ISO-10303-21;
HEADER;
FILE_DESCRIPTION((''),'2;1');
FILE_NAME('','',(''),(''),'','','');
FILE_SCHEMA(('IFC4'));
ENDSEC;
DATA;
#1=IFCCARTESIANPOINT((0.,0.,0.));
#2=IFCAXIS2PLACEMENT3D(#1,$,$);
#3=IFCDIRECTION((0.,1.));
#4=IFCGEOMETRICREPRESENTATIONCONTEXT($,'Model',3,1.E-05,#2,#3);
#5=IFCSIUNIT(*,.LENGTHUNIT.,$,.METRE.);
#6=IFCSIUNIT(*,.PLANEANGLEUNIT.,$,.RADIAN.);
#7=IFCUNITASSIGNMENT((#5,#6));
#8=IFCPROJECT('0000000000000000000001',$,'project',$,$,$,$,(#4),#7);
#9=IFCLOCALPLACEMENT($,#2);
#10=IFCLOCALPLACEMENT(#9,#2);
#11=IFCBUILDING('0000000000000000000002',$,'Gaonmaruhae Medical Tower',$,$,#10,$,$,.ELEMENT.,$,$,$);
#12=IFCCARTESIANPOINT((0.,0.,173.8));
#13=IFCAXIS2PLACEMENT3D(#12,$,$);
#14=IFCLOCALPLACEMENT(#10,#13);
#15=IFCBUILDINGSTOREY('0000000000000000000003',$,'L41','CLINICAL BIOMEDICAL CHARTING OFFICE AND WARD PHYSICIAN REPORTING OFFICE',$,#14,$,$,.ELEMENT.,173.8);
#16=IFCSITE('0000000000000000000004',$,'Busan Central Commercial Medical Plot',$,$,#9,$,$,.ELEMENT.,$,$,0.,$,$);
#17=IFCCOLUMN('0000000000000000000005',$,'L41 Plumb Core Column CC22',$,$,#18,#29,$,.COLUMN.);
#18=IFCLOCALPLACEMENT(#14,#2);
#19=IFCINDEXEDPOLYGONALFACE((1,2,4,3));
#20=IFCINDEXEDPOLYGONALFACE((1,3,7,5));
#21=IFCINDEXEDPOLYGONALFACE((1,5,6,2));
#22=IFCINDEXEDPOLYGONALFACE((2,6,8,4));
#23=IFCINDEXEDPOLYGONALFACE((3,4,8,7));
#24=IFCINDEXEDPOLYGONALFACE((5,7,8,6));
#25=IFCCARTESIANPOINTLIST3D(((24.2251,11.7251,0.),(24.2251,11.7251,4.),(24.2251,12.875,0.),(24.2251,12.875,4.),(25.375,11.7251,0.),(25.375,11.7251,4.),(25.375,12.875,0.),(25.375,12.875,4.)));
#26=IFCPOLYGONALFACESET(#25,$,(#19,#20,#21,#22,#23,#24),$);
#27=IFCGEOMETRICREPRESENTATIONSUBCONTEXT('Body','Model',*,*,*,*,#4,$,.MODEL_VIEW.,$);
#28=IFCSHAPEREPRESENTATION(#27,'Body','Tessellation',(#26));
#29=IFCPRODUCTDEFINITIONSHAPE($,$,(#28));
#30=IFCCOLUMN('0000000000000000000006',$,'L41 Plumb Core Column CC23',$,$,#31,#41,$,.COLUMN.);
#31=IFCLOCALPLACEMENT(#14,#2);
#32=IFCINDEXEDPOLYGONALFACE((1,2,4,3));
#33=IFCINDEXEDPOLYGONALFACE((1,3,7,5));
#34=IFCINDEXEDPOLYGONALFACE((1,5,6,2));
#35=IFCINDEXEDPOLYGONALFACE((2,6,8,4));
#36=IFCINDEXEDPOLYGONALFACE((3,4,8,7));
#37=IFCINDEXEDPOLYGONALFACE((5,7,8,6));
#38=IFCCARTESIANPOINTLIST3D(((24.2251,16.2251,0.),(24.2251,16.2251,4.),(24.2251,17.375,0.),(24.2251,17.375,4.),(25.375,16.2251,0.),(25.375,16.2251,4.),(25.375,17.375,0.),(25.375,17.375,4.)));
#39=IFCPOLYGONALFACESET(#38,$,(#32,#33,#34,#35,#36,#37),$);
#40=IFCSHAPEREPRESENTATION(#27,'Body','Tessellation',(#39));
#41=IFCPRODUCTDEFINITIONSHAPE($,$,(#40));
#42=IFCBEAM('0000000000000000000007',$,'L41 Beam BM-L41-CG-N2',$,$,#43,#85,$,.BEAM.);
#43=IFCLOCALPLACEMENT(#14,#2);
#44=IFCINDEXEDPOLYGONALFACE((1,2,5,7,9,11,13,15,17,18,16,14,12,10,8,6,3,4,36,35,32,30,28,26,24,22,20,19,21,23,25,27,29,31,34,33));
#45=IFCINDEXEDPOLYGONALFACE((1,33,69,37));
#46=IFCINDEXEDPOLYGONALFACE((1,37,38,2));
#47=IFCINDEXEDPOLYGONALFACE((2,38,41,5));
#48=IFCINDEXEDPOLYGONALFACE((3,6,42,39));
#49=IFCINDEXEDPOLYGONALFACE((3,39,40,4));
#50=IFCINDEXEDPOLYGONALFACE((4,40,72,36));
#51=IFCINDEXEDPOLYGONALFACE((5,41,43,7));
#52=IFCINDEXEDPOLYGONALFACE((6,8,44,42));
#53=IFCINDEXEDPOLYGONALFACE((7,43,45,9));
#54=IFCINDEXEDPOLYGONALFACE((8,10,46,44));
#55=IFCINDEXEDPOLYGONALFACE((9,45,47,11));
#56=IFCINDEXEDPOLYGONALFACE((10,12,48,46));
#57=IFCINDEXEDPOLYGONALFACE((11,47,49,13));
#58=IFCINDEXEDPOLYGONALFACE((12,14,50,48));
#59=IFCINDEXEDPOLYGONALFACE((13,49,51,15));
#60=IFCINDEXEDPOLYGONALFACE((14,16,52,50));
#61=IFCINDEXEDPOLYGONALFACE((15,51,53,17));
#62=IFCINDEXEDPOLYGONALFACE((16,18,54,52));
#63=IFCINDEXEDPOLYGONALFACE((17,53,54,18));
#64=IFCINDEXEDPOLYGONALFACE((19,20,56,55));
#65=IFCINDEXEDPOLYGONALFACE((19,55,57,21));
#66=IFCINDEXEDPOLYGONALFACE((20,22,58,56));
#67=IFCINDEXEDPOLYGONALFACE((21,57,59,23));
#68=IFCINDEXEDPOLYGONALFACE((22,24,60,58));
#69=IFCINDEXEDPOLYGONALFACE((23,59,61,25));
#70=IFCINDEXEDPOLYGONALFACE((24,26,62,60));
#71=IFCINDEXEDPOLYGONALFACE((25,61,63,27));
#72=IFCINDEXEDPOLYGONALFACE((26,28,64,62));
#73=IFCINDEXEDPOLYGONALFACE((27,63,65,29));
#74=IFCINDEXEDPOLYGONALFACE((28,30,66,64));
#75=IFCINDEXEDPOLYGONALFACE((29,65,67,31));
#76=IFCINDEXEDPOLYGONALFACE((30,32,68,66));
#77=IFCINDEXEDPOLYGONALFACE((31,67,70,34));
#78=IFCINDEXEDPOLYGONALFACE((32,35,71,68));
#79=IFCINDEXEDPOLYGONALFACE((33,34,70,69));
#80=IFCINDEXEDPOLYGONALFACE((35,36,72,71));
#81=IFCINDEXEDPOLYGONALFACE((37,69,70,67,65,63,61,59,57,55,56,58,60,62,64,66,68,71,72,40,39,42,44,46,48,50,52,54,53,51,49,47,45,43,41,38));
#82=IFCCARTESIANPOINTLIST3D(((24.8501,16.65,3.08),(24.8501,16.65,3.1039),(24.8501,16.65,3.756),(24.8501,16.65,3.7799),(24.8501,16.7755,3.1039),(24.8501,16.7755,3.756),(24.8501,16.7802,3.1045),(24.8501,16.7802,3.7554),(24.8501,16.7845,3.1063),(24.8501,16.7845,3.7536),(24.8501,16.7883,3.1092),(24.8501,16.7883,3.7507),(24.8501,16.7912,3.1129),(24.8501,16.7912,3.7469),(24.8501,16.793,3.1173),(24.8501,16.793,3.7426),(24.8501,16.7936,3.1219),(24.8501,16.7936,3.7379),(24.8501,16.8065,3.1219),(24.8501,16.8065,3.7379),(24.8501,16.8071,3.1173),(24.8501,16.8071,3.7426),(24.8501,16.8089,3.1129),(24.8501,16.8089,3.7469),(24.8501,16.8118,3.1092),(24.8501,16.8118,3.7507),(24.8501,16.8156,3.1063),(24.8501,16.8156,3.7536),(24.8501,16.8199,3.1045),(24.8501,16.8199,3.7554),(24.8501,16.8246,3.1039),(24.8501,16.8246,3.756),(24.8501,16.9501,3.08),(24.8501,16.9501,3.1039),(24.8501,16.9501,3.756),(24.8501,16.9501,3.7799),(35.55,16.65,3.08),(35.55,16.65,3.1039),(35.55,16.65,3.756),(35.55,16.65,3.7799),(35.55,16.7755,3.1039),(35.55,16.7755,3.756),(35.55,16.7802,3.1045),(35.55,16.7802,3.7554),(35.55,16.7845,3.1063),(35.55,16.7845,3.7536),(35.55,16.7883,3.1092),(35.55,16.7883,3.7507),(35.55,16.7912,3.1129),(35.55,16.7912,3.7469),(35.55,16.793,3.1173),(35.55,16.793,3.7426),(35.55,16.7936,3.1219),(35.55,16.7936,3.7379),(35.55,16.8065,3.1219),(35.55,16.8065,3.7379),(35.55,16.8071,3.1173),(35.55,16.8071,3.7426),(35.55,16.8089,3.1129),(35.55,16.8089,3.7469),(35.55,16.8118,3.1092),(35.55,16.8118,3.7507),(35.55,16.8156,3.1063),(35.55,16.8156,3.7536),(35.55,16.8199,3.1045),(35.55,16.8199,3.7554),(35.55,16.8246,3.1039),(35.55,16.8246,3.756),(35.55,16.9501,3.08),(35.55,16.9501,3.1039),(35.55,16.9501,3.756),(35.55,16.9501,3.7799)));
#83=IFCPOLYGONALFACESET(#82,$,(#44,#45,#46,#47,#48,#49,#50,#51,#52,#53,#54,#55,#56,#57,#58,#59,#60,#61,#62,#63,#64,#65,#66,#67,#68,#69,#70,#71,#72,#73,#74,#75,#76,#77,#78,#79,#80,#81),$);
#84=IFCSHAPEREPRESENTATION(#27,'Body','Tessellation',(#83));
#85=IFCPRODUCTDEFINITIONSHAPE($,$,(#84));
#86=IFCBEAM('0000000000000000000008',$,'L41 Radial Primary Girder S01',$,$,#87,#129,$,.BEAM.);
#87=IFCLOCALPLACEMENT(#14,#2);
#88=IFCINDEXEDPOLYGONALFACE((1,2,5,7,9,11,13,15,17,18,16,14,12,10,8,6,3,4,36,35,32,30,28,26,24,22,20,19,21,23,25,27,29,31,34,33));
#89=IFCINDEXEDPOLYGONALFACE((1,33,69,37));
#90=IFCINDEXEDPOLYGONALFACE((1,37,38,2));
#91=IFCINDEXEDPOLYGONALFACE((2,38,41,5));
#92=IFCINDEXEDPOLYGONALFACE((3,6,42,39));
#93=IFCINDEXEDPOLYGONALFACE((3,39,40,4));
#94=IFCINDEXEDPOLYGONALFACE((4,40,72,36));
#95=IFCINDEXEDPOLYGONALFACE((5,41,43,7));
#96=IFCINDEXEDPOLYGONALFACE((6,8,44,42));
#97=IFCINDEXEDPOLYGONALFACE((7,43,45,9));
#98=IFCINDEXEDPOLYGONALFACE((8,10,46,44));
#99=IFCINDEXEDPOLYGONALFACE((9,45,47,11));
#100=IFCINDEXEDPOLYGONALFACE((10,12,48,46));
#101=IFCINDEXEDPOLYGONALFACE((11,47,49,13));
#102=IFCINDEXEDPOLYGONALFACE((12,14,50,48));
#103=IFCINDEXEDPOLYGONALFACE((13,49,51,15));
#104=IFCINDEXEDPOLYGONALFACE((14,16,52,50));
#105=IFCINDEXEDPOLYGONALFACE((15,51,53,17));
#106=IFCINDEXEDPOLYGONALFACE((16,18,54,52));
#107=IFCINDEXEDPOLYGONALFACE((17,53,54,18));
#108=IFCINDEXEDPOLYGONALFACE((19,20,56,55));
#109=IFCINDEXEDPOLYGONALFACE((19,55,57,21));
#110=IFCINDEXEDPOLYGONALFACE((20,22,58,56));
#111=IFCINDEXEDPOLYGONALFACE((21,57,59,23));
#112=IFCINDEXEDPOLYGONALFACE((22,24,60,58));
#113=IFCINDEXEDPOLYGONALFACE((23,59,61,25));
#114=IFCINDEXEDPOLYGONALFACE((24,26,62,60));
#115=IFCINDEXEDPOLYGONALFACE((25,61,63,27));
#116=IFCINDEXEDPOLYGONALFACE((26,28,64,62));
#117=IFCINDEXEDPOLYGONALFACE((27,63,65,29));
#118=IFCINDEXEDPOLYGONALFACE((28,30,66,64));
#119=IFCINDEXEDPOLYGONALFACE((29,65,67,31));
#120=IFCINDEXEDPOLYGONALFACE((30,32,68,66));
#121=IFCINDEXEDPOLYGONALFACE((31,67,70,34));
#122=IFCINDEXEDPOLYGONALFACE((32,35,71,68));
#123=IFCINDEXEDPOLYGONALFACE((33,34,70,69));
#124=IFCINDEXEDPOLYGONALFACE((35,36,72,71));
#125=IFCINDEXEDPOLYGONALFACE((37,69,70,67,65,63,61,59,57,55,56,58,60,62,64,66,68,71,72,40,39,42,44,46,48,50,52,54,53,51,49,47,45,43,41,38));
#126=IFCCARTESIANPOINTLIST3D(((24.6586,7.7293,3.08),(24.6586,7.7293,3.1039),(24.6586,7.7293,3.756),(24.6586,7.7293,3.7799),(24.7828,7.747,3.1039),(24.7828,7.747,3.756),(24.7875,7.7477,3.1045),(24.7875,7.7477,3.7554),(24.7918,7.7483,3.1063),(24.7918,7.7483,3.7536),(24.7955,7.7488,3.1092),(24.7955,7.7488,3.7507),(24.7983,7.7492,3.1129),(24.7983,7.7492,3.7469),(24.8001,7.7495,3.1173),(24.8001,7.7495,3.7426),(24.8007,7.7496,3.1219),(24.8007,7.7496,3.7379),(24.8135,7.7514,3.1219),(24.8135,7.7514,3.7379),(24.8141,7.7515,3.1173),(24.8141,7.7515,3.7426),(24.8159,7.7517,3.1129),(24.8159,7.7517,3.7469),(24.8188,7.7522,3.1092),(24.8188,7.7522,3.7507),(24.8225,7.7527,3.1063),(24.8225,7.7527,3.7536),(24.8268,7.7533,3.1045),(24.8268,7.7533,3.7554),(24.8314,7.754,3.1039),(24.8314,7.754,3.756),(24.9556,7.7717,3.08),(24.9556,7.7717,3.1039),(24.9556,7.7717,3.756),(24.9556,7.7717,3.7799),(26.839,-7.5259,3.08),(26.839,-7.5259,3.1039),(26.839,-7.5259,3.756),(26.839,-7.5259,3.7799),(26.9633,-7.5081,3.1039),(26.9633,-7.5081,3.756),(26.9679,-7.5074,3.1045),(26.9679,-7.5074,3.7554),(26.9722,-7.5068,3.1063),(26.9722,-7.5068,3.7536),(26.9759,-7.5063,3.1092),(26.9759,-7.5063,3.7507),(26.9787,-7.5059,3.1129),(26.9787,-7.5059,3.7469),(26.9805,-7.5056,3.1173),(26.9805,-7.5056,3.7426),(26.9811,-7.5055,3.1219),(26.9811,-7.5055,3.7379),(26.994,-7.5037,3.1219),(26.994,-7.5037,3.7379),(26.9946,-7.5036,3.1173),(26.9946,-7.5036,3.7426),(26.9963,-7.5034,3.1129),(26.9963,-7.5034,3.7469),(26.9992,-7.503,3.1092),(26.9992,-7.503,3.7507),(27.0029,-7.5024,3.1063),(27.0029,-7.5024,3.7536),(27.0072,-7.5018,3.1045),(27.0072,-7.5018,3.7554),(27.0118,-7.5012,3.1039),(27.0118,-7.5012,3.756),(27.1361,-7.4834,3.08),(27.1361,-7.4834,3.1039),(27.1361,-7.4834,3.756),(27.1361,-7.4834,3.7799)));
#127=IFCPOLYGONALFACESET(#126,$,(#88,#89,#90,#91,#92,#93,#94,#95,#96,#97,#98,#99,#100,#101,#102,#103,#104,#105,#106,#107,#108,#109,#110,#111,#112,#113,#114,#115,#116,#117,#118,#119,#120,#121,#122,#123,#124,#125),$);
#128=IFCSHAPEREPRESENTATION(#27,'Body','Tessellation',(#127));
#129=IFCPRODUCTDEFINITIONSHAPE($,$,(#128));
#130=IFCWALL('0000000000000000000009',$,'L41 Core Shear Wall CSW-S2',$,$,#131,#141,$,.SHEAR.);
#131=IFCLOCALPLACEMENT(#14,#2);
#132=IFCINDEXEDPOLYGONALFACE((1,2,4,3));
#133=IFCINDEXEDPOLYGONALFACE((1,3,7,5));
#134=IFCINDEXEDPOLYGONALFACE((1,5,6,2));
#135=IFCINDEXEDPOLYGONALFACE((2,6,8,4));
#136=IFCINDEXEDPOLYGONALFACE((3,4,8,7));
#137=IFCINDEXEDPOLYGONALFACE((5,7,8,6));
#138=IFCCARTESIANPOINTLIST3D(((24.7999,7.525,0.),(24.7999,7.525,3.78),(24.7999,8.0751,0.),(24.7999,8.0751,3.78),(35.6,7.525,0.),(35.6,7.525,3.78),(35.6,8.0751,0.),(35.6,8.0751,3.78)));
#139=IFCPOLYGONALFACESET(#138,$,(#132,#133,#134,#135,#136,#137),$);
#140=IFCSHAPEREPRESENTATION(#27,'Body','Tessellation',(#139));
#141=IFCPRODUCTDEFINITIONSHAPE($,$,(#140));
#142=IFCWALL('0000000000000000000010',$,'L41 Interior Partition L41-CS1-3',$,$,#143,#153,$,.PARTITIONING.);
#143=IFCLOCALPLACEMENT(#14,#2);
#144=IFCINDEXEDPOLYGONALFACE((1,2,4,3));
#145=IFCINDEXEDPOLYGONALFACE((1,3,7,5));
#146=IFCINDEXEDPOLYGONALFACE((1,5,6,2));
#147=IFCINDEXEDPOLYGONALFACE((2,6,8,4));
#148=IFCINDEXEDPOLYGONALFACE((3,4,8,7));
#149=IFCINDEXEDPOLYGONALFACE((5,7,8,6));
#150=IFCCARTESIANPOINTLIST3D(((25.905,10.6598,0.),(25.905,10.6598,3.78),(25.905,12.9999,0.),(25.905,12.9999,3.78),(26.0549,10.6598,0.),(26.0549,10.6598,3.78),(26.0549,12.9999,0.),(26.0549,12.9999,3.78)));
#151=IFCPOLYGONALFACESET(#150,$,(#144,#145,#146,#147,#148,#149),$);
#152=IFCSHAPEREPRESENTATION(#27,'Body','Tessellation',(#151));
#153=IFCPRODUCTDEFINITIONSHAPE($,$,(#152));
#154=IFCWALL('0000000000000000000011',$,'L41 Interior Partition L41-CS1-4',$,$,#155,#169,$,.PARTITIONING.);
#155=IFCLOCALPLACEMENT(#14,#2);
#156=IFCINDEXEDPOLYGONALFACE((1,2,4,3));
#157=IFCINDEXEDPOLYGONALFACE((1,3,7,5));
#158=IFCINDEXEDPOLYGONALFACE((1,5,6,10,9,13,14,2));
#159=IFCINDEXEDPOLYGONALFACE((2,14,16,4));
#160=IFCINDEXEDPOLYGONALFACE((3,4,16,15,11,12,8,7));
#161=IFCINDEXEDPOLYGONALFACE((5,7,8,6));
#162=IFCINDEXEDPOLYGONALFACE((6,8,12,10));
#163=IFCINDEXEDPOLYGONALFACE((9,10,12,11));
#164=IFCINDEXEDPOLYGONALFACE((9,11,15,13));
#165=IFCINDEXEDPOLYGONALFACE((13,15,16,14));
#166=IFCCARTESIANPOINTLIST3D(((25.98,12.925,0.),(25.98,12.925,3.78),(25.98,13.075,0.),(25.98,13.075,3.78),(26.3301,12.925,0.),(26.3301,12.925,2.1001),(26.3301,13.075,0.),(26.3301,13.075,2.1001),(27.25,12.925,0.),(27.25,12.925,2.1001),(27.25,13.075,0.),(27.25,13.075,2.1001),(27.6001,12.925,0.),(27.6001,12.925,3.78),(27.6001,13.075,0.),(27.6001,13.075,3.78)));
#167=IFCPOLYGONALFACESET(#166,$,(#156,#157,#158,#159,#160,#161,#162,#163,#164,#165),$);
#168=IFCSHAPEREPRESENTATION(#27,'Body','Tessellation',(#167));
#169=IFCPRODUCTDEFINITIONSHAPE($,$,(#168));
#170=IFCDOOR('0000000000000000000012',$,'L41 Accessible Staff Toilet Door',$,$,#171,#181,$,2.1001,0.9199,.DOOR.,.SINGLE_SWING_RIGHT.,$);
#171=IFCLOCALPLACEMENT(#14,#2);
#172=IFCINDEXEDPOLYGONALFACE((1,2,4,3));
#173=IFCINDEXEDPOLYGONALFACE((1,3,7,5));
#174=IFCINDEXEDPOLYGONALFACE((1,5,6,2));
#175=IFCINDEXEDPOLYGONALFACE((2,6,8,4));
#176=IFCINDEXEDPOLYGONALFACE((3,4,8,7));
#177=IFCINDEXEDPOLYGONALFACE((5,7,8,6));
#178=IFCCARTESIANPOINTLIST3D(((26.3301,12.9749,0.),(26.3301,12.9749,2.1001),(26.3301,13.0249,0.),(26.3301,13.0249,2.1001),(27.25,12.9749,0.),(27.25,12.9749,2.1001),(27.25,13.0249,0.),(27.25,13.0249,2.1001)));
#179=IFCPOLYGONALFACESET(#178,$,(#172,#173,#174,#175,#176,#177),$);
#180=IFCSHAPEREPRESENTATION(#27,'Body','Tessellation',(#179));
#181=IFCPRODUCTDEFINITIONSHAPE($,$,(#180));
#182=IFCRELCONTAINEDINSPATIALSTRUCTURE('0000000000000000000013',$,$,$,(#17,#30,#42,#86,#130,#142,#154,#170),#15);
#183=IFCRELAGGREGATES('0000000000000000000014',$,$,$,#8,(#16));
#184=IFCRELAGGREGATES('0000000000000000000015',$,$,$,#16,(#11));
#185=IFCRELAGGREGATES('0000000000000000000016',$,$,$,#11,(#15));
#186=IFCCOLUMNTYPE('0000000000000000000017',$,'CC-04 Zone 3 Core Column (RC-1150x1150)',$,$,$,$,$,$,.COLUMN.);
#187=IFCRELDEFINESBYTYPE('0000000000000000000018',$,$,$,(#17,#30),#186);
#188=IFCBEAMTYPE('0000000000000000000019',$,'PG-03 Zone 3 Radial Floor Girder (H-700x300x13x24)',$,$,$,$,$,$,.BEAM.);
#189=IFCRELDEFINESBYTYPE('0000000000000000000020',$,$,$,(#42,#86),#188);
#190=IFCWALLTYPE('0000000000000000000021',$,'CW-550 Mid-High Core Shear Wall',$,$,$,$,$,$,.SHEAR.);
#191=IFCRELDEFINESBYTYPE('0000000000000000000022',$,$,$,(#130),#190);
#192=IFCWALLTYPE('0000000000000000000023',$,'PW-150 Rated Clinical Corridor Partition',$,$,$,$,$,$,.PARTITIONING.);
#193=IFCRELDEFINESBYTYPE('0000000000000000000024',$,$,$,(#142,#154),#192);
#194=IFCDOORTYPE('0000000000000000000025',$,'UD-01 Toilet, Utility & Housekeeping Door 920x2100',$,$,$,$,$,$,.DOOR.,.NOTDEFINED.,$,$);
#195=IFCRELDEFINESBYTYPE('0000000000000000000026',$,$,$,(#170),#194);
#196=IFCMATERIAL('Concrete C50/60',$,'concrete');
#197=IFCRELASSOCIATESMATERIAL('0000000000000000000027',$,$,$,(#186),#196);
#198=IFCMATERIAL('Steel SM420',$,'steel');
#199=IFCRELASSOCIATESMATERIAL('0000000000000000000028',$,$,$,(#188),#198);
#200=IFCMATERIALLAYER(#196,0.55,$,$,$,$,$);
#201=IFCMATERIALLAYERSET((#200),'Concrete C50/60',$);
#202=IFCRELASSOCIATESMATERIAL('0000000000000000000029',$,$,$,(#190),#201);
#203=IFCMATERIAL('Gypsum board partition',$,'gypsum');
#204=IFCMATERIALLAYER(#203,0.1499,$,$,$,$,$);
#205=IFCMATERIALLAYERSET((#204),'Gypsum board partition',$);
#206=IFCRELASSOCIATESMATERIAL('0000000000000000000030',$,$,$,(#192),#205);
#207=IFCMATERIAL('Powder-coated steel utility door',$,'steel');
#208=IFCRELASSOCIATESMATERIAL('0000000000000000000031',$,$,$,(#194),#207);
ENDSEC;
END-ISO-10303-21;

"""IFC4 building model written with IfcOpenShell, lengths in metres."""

from ifc_helpers import new_model, si_unit, direction, frame, frame_2d, origin, origin_2d, place, context, subcontext, project, spatial, rectangle, i_section, extrude, material, layer, layer_set, material_profile, profile_set, type_object, element, fill, save


model = new_model("IFC4")

# Units and contexts
model_context = context("Model", 3, precision=1e-05, world=origin(), true_north=direction((0.0, 1.0)))
body_context = subcontext(model_context, "Body", "Model", "MODEL_VIEW")
ifc_project = project(units=[si_unit("LENGTHUNIT", "METRE"), si_unit("PLANEANGLEUNIT", "RADIAN")], contexts=[model_context])

# Site, building, storey
site_placement = place(None, origin())
site = spatial("IfcSite", under=ifc_project, at=site_placement, Name="Busan Central Commercial Medical Plot", CompositionType="ELEMENT", RefElevation=0.0)
building_placement = place(site_placement, origin())
building = spatial("IfcBuilding", under=site, at=building_placement, Name="Gaonmaruhae Medical Tower", CompositionType="ELEMENT")
storey_placement = place(building_placement, frame((0.0, 0.0, 173.8)))
storey = spatial("IfcBuildingStorey", under=building, at=storey_placement, Name="L41", Description="CLINICAL BIOMEDICAL CHARTING OFFICE AND WARD PHYSICIAN REPORTING OFFICE", CompositionType="ELEMENT", Elevation=173.8)

# Columns
ifc_material_1 = material(Name="Concrete C50/60", Category="concrete")
ifc_material_profile_1 = material_profile(ifc_material_1, rectangle(XDim=1.1499, YDim=1.1499, at=origin_2d()), Name="RC-1150x1150")
ifc_profile_set_1 = profile_set([ifc_material_profile_1], Name="Concrete C50/60")
column_type = type_object("IfcColumnType", Name="CC-04 Zone 3 Core Column (RC-1150x1150)", PredefinedType="COLUMN", material=ifc_profile_set_1)
for number, where, z_axis, x_axis, name in (
    (1, (24.8, 12.3, 0.0), (0.0, 0.0, 1.0), (1.0, 0.0, 0.0), "L41 Plumb Core Column CC22"),
    (2, (24.8, 16.8, 0.0), (0.0, 0.0, 1.0), (1.0, 0.0, 0.0), "L41 Plumb Core Column CC23"),
):
    element("IfcColumn", number, at=place(storey_placement, frame(where, z_axis=z_axis, x_axis=x_axis)), inside=storey, type_object=column_type, Name=name, PredefinedType="COLUMN", context=body_context, shape_type="SweptSolid", body=[
        extrude(rectangle(XDim=1.1499, YDim=1.1499, at=origin_2d()), origin(), (0.0, 0.0, 1.0), 4.0),
    ])

# Beams
ifc_material_2 = material(Name="Steel SM420", Category="steel")
ifc_material_profile_2 = material_profile(ifc_material_2, i_section(OverallWidth=0.3, OverallDepth=0.7, WebThickness=0.0129, FlangeThickness=0.0239, FilletRadius=0.0181, at=origin_2d()), Name="H-700x300x13x24")
ifc_profile_set_2 = profile_set([ifc_material_profile_2], Name="Steel SM420")
beam_type = type_object("IfcBeamType", Name="PG-03 Zone 3 Radial Floor Girder (H-700x300x13x24)", PredefinedType="BEAM", material=ifc_profile_set_2)
beam_1_placement = place(storey_placement, frame((24.8501, 16.8, 3.4299), z_axis=(1.0, 0.0, 0.0), x_axis=(0.0, 1.0, 0.0)))
element("IfcBeam", 3, at=beam_1_placement, inside=storey, type_object=beam_type, Name="L41 Beam BM-L41-CG-N2", PredefinedType="BEAM", context=body_context, shape_type="SweptSolid", body=[
    extrude(i_section(OverallWidth=0.3, OverallDepth=0.7, WebThickness=0.0129, FlangeThickness=0.0239, FilletRadius=0.0181, at=origin_2d()), origin(), (0.0, 0.0, 1.0), 10.7),
])
beam_2_placement = place(storey_placement, frame((24.8071, 7.7505, 3.4299), z_axis=(0.141492, -0.989939, 0.0), x_axis=(0.989939, 0.141492, 0.0)))
element("IfcBeam", 4, at=beam_2_placement, inside=storey, type_object=beam_type, Name="L41 Radial Primary Girder S01", PredefinedType="BEAM", context=body_context, shape_type="SweptSolid", body=[
    extrude(i_section(OverallWidth=0.3, OverallDepth=0.7, WebThickness=0.0129, FlangeThickness=0.0239, FilletRadius=0.0181, at=origin_2d()), origin(), (0.0, 0.0, 1.0), 15.4102),
])

# Walls
ifc_layer_1 = layer(ifc_material_1, 0.55)
ifc_layer_set_1 = layer_set([ifc_layer_1], Name="Concrete C50/60")
wall_type_1 = type_object("IfcWallType", Name="CW-550 Mid-High Core Shear Wall", PredefinedType="SHEAR", material=ifc_layer_set_1)
wall_1_placement = place(storey_placement, frame((24.8, 7.8, 0.0), z_axis=(0.0, 0.0, 1.0), x_axis=(1.0, 0.0, 0.0)))
element("IfcWall", 5, at=wall_1_placement, inside=storey, type_object=wall_type_1, Name="L41 Core Shear Wall CSW-S2", PredefinedType="SHEAR", context=body_context, shape_type="SweptSolid", body=[
    extrude(rectangle(XDim=10.8, YDim=0.55, at=frame_2d((5.3999, 0.0))), origin(), (0.0, 0.0, 1.0), 3.78),
])
ifc_material_3 = material(Name="Gypsum board partition", Category="gypsum")
ifc_layer_2 = layer(ifc_material_3, 0.1499)
ifc_layer_set_2 = layer_set([ifc_layer_2], Name="Gypsum board partition")
wall_type_2 = type_object("IfcWallType", Name="PW-150 Rated Clinical Corridor Partition", PredefinedType="PARTITIONING", material=ifc_layer_set_2)
wall_2_placement = place(storey_placement, frame((25.98, 10.6599, 0.0), z_axis=(0.0, 0.0, 1.0), x_axis=(0.0, 1.0, 0.0)))
element("IfcWall", 6, at=wall_2_placement, inside=storey, type_object=wall_type_2, Name="L41 Interior Partition L41-CS1-3", PredefinedType="PARTITIONING", context=body_context, shape_type="SweptSolid", body=[
    extrude(rectangle(XDim=2.3401, YDim=0.1499, at=frame_2d((1.1699, 0.0))), origin(), (0.0, 0.0, 1.0), 3.78),
])

# Wall, opening, door
wall_3_placement = place(storey_placement, frame((25.98, 13.0, 0.0), z_axis=(0.0, 0.0, 1.0), x_axis=(1.0, 0.0, 0.0)))
wall_3 = element("IfcWall", 7, at=wall_3_placement, inside=storey, type_object=wall_type_2, Name="L41 Interior Partition L41-CS1-4", PredefinedType="PARTITIONING", context=body_context, shape_type="SweptSolid", body=[
    extrude(rectangle(XDim=1.6201, YDim=0.1499, at=frame_2d((0.8101, 0.0))), origin(), (0.0, 0.0, 1.0), 3.78),
])
opening_1_placement = place(wall_3_placement, frame((0.3501, 0.0, 0.0)))
opening_1 = element("IfcOpeningElement", 8, at=opening_1_placement, cuts=wall_3, PredefinedType="OPENING", context=body_context, shape_type="SweptSolid", body=[
    extrude(rectangle(XDim=0.9199, YDim=2.1001, at=frame_2d((0.46, 1.05))), frame((0.0, 0.085, 0.0), z_axis=(0.0, -1.0, 0.0), x_axis=(1.0, 0.0, 0.0)), (0.0, 0.0, 1.0), 0.1699),
])
ifc_material_4 = material(Name="Powder-coated steel utility door", Category="steel")
door_type_1 = type_object("IfcDoorType", Name="UD-01 Toilet, Utility & Housekeeping Door 920x2100", OperationType="NOTDEFINED", PredefinedType="DOOR", material=ifc_material_4)
door_1_placement = place(opening_1_placement, origin())
door_1 = element("IfcDoor", 9, at=door_1_placement, inside=storey, type_object=door_type_1, Name="L41 Accessible Staff Toilet Door", OperationType="SINGLE_SWING_RIGHT", OverallHeight=2.1001, OverallWidth=0.9199, PredefinedType="DOOR", context=body_context, shape_type="SweptSolid", body=[
    extrude(rectangle(XDim=0.9199, YDim=2.1001, at=frame_2d((0.46, 1.05))), frame((0.0, 0.0249, 0.0), z_axis=(0.0, -1.0, 0.0), x_axis=(1.0, 0.0, 0.0)), (0.0, 0.0, 1.0), 0.05),
])
fill(opening_1, door_1)

save(model, "model.ifc")
